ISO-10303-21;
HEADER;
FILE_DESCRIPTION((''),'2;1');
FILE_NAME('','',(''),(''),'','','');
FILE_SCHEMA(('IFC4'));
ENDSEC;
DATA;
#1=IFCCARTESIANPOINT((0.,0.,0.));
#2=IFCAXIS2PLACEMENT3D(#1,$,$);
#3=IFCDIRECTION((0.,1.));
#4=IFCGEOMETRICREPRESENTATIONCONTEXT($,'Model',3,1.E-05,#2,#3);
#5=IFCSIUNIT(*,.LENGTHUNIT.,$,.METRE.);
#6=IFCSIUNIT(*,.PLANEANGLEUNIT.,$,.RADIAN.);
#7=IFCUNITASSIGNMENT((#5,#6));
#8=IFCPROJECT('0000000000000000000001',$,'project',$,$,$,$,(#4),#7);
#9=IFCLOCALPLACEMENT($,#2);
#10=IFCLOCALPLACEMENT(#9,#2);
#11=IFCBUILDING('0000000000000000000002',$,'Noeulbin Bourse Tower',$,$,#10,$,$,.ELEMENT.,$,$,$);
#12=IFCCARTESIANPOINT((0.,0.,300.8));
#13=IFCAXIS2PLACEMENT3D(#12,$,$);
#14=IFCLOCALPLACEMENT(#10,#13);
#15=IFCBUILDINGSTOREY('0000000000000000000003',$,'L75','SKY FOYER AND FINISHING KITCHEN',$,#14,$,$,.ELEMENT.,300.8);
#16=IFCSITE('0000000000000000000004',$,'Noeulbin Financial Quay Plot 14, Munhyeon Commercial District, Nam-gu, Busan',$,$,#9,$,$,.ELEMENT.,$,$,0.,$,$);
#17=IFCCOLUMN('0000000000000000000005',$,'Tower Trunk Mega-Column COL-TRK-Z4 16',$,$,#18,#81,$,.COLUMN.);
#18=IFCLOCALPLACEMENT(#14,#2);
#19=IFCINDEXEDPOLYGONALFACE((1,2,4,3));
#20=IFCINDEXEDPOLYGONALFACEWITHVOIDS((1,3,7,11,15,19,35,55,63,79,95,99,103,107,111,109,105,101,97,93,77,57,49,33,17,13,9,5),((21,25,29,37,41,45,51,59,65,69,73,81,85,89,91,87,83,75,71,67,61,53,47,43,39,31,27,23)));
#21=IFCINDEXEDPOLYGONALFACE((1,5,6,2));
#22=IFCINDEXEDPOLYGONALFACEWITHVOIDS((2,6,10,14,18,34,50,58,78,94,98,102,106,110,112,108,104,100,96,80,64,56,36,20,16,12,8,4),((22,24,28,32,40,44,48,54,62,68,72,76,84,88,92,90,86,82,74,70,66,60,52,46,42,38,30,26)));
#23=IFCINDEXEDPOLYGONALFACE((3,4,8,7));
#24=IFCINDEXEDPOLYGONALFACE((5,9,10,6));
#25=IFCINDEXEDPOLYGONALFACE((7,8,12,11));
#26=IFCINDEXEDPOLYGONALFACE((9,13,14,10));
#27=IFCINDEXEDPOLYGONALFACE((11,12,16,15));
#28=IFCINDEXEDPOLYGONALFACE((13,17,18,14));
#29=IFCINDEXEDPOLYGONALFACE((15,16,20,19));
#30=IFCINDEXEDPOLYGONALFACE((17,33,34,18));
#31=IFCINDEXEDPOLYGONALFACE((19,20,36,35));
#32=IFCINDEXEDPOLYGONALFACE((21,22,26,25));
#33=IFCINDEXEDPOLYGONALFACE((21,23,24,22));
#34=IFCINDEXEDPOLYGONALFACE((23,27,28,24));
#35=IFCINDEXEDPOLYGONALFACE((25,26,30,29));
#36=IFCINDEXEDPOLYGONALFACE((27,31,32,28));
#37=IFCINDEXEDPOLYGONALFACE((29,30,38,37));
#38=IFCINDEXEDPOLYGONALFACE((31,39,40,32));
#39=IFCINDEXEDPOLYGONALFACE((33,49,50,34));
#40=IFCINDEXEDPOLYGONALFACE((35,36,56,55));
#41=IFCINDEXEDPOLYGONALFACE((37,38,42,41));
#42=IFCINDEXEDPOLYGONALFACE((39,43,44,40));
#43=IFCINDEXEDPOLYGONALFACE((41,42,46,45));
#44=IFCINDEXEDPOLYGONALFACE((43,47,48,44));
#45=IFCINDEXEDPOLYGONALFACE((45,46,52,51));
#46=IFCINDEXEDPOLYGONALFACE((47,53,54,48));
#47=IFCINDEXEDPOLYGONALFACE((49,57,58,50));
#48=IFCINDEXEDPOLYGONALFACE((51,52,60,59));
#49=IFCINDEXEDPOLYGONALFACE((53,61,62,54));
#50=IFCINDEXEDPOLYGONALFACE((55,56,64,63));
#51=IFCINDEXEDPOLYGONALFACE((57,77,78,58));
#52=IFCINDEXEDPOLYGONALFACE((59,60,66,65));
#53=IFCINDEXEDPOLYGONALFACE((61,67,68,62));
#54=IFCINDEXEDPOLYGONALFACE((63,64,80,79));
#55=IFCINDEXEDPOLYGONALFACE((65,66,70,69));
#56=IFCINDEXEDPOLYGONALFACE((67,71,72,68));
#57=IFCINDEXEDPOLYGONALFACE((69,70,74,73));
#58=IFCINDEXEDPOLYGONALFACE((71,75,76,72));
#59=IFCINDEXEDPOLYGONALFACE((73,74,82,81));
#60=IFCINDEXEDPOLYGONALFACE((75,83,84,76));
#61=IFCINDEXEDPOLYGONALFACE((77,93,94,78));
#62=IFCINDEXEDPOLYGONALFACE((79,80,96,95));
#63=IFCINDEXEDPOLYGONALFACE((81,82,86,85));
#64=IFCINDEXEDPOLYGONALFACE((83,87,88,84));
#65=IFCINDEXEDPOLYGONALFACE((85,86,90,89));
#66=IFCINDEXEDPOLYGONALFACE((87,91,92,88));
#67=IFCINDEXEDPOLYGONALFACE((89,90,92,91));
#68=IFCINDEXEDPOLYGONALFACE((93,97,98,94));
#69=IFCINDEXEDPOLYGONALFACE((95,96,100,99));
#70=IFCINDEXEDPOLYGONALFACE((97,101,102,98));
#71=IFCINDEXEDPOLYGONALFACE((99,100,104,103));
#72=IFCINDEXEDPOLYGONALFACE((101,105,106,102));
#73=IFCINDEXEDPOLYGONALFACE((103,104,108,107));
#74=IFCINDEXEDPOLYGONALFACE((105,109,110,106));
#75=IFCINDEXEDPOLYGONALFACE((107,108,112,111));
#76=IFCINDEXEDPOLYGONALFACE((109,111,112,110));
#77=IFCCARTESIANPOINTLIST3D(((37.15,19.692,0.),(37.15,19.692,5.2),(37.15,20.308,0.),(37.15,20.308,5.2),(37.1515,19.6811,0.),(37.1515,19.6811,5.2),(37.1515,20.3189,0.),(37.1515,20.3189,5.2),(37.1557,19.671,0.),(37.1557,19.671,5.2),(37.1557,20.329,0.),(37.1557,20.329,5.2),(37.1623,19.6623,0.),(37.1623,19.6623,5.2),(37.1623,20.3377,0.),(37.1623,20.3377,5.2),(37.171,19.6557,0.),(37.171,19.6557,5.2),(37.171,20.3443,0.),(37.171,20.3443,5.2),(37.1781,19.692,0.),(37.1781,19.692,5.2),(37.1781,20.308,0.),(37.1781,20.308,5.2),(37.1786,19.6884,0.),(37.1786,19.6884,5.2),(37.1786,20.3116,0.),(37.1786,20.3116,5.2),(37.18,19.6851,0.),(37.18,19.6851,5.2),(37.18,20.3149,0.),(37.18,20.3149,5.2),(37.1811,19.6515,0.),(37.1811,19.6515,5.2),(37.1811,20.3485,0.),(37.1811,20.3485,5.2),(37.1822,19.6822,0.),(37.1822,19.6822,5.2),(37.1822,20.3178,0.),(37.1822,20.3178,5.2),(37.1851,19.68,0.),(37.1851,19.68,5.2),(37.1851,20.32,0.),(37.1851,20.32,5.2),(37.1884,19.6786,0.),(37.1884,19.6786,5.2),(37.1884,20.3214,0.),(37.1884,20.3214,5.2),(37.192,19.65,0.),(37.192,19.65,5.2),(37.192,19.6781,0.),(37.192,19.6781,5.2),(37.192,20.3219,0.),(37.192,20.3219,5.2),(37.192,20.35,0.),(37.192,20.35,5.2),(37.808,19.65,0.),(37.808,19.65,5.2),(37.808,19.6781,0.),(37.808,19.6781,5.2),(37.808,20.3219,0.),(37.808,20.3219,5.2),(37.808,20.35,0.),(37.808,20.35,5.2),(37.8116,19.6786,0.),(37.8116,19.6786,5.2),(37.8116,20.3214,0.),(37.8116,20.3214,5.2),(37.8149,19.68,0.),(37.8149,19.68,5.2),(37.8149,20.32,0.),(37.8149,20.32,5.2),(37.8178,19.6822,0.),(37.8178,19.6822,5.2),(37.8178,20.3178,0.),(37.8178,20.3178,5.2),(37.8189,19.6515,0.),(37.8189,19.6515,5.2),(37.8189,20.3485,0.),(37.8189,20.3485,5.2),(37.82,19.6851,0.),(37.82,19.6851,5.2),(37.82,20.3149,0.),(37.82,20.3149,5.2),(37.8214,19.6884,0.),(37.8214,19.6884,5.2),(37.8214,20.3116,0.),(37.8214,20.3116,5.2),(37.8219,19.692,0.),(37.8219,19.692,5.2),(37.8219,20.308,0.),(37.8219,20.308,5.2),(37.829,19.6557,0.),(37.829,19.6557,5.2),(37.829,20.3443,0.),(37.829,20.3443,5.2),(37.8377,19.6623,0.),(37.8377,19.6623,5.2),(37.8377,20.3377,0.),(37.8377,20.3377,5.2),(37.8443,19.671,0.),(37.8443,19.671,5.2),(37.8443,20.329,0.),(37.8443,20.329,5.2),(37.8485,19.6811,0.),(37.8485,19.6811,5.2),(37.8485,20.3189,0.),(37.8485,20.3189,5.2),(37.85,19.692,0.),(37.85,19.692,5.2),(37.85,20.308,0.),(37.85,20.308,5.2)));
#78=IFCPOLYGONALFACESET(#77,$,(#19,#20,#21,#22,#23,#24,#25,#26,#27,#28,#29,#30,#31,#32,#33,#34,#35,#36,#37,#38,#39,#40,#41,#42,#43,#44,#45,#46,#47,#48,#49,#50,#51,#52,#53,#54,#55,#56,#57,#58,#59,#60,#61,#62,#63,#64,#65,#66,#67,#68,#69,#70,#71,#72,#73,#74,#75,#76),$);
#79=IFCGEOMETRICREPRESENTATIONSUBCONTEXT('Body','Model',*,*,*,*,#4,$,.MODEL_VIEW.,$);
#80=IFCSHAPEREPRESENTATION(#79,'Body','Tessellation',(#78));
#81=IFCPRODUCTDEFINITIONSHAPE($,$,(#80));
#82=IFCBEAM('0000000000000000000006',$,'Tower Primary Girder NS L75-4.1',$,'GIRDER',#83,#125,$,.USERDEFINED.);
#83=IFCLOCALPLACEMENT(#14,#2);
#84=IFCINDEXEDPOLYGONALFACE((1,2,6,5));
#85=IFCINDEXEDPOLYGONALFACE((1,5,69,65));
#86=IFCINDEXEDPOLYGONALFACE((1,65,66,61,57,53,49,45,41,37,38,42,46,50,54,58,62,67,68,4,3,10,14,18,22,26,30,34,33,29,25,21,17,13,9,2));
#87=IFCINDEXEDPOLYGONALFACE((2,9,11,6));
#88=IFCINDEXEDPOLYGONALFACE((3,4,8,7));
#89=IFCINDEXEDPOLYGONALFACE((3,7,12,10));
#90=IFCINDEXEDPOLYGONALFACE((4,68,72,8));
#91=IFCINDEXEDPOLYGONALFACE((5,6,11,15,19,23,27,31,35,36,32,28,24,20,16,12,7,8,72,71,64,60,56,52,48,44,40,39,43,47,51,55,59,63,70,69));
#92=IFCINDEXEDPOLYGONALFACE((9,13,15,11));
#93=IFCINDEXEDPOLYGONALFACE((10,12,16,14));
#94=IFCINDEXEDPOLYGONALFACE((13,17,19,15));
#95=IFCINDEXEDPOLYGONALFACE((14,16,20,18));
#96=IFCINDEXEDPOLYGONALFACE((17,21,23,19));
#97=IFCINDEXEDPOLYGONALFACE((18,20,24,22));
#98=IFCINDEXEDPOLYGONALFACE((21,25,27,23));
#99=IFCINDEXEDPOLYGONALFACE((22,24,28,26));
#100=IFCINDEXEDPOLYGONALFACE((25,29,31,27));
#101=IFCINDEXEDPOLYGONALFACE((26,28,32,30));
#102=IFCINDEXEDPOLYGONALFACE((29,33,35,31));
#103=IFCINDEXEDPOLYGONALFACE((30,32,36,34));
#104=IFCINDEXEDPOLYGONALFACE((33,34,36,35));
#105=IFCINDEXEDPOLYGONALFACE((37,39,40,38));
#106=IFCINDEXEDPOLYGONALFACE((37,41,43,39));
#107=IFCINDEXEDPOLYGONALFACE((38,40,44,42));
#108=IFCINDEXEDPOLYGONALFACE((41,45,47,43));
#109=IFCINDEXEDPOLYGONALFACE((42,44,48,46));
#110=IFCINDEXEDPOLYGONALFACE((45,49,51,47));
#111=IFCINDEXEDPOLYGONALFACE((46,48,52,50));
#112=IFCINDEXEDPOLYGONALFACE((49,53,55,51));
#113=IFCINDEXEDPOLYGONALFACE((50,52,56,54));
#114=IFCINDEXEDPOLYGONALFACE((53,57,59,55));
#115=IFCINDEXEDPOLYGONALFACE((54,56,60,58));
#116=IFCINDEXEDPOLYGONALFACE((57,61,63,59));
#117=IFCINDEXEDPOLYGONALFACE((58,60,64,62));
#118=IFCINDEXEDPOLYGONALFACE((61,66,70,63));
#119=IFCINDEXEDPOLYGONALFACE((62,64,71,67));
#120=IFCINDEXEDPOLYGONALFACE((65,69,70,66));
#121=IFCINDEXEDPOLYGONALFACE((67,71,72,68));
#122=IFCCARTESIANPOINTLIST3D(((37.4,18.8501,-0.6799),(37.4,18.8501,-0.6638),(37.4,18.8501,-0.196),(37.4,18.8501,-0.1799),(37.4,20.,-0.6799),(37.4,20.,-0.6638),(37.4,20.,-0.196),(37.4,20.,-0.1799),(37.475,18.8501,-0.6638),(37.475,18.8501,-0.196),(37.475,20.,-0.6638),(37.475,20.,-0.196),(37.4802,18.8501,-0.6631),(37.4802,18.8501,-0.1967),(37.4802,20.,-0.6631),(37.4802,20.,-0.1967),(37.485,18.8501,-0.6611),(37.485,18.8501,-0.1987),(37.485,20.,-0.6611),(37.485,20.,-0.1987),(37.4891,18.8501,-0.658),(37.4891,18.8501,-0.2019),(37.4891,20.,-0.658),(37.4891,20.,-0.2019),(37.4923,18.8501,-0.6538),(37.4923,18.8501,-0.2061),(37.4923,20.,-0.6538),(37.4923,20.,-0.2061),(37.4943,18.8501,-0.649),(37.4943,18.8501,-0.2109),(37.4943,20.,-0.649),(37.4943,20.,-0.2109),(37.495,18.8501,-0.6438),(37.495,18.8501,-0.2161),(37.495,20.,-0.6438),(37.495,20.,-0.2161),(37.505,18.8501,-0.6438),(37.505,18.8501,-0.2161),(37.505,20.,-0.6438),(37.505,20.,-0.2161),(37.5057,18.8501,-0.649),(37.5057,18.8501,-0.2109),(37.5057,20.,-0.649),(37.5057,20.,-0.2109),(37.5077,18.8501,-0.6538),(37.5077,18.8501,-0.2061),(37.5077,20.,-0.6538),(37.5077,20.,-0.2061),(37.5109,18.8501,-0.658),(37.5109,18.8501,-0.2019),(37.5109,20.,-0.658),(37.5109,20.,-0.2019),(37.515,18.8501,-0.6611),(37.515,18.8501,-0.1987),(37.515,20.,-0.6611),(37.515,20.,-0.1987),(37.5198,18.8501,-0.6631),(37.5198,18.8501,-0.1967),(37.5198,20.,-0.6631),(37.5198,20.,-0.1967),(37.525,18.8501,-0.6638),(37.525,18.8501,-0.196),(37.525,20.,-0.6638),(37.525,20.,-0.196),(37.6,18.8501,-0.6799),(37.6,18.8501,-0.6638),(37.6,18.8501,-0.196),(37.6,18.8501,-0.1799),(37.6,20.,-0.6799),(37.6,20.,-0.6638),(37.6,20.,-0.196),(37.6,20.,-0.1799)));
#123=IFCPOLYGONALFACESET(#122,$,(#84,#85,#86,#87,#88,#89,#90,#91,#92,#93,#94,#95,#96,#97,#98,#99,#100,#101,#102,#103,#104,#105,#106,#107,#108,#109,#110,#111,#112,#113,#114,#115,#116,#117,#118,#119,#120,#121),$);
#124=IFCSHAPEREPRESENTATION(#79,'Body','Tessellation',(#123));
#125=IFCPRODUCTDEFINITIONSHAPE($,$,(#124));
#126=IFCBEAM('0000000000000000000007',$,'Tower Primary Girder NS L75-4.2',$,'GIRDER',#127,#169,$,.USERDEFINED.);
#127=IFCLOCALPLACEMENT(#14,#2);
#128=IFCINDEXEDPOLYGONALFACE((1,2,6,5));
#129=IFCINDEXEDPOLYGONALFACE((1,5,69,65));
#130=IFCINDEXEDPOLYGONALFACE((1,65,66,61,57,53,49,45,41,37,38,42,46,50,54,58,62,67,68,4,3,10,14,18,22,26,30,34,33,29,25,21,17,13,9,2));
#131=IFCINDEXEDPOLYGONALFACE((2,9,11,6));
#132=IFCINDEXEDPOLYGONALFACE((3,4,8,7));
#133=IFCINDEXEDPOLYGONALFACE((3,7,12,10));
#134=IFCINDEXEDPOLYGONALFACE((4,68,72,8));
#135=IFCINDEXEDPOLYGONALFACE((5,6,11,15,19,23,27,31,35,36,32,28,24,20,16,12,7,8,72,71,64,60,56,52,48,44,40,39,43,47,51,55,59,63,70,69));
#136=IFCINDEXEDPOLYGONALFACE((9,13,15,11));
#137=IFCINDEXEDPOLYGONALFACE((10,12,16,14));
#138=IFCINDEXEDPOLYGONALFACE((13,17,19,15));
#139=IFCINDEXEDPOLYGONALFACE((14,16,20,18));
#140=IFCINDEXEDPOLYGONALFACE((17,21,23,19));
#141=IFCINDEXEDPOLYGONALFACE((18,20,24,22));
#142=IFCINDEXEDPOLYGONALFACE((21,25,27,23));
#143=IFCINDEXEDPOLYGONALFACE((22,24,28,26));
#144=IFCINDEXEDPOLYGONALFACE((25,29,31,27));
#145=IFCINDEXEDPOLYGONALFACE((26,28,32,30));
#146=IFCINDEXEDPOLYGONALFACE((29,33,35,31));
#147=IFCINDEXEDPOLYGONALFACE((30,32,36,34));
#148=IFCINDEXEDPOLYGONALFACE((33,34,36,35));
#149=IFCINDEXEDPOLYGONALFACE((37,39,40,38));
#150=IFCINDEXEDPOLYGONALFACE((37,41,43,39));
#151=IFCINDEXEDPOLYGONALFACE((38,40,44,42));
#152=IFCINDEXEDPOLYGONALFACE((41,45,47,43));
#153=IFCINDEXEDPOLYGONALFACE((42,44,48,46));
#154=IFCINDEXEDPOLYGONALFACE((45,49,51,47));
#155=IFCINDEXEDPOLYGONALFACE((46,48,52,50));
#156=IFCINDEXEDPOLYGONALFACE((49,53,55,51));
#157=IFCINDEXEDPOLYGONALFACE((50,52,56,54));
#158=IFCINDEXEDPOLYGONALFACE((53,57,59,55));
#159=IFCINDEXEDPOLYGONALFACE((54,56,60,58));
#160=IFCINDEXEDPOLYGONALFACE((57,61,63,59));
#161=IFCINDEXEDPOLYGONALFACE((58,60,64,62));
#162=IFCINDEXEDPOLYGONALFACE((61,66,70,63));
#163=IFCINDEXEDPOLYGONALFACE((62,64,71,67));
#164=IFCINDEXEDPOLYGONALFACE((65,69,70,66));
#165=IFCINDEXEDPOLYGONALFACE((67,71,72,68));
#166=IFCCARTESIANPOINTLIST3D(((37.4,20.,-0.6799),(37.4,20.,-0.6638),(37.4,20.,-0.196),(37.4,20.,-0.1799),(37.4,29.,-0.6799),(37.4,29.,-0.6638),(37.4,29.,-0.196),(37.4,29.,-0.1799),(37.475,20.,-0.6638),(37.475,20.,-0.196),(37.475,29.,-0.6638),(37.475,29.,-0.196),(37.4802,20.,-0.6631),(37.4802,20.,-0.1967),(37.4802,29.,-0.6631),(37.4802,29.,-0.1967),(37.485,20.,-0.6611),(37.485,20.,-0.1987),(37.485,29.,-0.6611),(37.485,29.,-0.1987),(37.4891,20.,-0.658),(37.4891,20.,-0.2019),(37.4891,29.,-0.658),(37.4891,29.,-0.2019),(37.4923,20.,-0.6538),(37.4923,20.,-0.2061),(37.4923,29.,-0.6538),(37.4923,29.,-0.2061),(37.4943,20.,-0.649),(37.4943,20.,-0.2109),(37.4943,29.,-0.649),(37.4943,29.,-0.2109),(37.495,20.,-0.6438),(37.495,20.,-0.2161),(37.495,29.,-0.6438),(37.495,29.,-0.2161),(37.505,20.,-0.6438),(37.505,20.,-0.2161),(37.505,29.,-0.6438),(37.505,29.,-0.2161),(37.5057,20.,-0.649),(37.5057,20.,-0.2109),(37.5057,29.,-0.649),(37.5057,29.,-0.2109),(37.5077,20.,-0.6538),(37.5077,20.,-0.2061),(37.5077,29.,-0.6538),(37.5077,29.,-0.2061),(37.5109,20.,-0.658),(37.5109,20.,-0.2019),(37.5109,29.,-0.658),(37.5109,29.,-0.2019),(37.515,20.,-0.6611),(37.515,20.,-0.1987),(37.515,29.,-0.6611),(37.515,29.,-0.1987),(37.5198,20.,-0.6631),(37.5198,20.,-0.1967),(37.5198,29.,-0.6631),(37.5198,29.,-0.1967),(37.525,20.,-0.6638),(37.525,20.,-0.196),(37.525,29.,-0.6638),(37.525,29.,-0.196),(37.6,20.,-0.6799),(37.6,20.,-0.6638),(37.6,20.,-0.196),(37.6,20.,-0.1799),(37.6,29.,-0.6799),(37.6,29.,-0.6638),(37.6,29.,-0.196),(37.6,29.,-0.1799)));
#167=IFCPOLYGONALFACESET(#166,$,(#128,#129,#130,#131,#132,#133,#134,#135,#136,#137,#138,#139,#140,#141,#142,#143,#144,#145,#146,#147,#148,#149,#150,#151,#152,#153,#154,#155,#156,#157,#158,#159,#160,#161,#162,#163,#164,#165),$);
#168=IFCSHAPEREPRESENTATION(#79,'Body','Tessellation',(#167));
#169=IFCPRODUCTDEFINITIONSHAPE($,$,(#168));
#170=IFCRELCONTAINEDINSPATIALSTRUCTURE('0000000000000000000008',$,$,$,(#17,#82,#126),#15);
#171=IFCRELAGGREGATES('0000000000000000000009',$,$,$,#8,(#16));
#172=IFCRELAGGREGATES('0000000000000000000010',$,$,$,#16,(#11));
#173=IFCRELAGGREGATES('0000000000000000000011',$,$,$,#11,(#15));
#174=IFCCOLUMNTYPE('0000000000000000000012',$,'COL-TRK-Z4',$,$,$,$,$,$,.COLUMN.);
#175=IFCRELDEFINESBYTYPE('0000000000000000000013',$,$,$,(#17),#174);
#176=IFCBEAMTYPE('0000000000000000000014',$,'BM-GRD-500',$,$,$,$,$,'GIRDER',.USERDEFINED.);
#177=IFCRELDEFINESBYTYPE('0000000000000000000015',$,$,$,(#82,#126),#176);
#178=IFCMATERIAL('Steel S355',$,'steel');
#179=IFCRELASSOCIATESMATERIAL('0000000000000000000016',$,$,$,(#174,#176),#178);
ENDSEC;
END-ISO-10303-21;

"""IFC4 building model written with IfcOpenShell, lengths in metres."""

from ifc_helpers import new_model, si_unit, direction, frame, origin, origin_2d, place, context, subcontext, project, spatial, hollow_rectangle, i_section, extrude, material, material_profile, profile_set, type_object, element, save


model = new_model("IFC4")

# Units and contexts
model_context = context("Model", 3, precision=1e-05, world=origin(), true_north=direction((0.0, 1.0)))
body_context = subcontext(model_context, "Body", "Model", "MODEL_VIEW")
ifc_project = project(units=[si_unit("LENGTHUNIT", "METRE"), si_unit("PLANEANGLEUNIT", "RADIAN")], contexts=[model_context])

# Site, building, storey
site_placement = place(None, origin())
site = spatial("IfcSite", under=ifc_project, at=site_placement, Name="Noeulbin Financial Quay Plot 14, Munhyeon Commercial District, Nam-gu, Busan", CompositionType="ELEMENT", RefElevation=0.0)
building_placement = place(site_placement, origin())
building = spatial("IfcBuilding", under=site, at=building_placement, Name="Noeulbin Bourse Tower", CompositionType="ELEMENT")
storey_placement = place(building_placement, frame((0.0, 0.0, 300.8)))
storey = spatial("IfcBuildingStorey", under=building, at=storey_placement, Name="L75", Description="SKY FOYER AND FINISHING KITCHEN", CompositionType="ELEMENT", Elevation=300.8)

# Column
ifc_material_1 = material(Name="Steel S355", Category="steel")
ifc_material_profile_1 = material_profile(ifc_material_1, hollow_rectangle(XDim=0.7, YDim=0.7, WallThickness=0.0281, InnerFilletRadius=0.0139, OuterFilletRadius=0.042, at=origin_2d()), Name="BOX-700x700x28", Category="LoadBearing")
ifc_profile_set_1 = profile_set([ifc_material_profile_1], Name="Steel S355")
column_type = type_object("IfcColumnType", Name="COL-TRK-Z4", PredefinedType="COLUMN", material=ifc_profile_set_1)
column_placement = place(storey_placement, frame((37.5, 20.0, 0.0), z_axis=(0.0, 0.0, 1.0), x_axis=(1.0, 0.0, 0.0)))
element("IfcColumn", 1, at=column_placement, inside=storey, type_object=column_type, Name="Tower Trunk Mega-Column COL-TRK-Z4 16", PredefinedType="COLUMN", context=body_context, shape_type="SweptSolid", body=[
    extrude(hollow_rectangle(XDim=0.7, YDim=0.7, WallThickness=0.0281, InnerFilletRadius=0.0139, OuterFilletRadius=0.042, at=origin_2d()), origin(), (0.0, 0.0, 1.0), 5.2),
])

# Beams
ifc_material_profile_2 = material_profile(ifc_material_1, i_section(OverallWidth=0.2, OverallDepth=0.5, WebThickness=0.01, FlangeThickness=0.0161, FilletRadius=0.02, at=origin_2d()), Name="H-500x200x10x16", Category="LoadBearing")
ifc_profile_set_2 = profile_set([ifc_material_profile_2], Name="Steel S355")
beam_type_1 = type_object("IfcBeamType", Name="BM-GRD-500", ElementType="GIRDER", PredefinedType="USERDEFINED", material=ifc_profile_set_2)
beam_1_placement = place(storey_placement, frame((37.5, 18.8501, -0.4299), z_axis=(0.0, 1.0, 0.0), x_axis=(-1.0, 0.0, 0.0)))
element("IfcBeam", 2, at=beam_1_placement, inside=storey, type_object=beam_type_1, Name="Tower Primary Girder NS L75-4.1", ObjectType="GIRDER", PredefinedType="USERDEFINED", context=body_context, shape_type="SweptSolid", body=[
    extrude(i_section(OverallWidth=0.2, OverallDepth=0.5, WebThickness=0.01, FlangeThickness=0.0161, FilletRadius=0.02, at=origin_2d()), origin(), (0.0, 0.0, 1.0), 1.1499),
])
beam_2_placement = place(storey_placement, frame((37.5, 20.0, -0.4299), z_axis=(0.0, 1.0, 0.0), x_axis=(-1.0, 0.0, 0.0)))
element("IfcBeam", 3, at=beam_2_placement, inside=storey, type_object=beam_type_1, Name="Tower Primary Girder NS L75-4.2", ObjectType="GIRDER", PredefinedType="USERDEFINED", context=body_context, shape_type="SweptSolid", body=[
    extrude(i_section(OverallWidth=0.2, OverallDepth=0.5, WebThickness=0.01, FlangeThickness=0.0161, FilletRadius=0.02, at=origin_2d()), origin(), (0.0, 0.0, 1.0), 9.0),
])

save(model, "model.ifc")
